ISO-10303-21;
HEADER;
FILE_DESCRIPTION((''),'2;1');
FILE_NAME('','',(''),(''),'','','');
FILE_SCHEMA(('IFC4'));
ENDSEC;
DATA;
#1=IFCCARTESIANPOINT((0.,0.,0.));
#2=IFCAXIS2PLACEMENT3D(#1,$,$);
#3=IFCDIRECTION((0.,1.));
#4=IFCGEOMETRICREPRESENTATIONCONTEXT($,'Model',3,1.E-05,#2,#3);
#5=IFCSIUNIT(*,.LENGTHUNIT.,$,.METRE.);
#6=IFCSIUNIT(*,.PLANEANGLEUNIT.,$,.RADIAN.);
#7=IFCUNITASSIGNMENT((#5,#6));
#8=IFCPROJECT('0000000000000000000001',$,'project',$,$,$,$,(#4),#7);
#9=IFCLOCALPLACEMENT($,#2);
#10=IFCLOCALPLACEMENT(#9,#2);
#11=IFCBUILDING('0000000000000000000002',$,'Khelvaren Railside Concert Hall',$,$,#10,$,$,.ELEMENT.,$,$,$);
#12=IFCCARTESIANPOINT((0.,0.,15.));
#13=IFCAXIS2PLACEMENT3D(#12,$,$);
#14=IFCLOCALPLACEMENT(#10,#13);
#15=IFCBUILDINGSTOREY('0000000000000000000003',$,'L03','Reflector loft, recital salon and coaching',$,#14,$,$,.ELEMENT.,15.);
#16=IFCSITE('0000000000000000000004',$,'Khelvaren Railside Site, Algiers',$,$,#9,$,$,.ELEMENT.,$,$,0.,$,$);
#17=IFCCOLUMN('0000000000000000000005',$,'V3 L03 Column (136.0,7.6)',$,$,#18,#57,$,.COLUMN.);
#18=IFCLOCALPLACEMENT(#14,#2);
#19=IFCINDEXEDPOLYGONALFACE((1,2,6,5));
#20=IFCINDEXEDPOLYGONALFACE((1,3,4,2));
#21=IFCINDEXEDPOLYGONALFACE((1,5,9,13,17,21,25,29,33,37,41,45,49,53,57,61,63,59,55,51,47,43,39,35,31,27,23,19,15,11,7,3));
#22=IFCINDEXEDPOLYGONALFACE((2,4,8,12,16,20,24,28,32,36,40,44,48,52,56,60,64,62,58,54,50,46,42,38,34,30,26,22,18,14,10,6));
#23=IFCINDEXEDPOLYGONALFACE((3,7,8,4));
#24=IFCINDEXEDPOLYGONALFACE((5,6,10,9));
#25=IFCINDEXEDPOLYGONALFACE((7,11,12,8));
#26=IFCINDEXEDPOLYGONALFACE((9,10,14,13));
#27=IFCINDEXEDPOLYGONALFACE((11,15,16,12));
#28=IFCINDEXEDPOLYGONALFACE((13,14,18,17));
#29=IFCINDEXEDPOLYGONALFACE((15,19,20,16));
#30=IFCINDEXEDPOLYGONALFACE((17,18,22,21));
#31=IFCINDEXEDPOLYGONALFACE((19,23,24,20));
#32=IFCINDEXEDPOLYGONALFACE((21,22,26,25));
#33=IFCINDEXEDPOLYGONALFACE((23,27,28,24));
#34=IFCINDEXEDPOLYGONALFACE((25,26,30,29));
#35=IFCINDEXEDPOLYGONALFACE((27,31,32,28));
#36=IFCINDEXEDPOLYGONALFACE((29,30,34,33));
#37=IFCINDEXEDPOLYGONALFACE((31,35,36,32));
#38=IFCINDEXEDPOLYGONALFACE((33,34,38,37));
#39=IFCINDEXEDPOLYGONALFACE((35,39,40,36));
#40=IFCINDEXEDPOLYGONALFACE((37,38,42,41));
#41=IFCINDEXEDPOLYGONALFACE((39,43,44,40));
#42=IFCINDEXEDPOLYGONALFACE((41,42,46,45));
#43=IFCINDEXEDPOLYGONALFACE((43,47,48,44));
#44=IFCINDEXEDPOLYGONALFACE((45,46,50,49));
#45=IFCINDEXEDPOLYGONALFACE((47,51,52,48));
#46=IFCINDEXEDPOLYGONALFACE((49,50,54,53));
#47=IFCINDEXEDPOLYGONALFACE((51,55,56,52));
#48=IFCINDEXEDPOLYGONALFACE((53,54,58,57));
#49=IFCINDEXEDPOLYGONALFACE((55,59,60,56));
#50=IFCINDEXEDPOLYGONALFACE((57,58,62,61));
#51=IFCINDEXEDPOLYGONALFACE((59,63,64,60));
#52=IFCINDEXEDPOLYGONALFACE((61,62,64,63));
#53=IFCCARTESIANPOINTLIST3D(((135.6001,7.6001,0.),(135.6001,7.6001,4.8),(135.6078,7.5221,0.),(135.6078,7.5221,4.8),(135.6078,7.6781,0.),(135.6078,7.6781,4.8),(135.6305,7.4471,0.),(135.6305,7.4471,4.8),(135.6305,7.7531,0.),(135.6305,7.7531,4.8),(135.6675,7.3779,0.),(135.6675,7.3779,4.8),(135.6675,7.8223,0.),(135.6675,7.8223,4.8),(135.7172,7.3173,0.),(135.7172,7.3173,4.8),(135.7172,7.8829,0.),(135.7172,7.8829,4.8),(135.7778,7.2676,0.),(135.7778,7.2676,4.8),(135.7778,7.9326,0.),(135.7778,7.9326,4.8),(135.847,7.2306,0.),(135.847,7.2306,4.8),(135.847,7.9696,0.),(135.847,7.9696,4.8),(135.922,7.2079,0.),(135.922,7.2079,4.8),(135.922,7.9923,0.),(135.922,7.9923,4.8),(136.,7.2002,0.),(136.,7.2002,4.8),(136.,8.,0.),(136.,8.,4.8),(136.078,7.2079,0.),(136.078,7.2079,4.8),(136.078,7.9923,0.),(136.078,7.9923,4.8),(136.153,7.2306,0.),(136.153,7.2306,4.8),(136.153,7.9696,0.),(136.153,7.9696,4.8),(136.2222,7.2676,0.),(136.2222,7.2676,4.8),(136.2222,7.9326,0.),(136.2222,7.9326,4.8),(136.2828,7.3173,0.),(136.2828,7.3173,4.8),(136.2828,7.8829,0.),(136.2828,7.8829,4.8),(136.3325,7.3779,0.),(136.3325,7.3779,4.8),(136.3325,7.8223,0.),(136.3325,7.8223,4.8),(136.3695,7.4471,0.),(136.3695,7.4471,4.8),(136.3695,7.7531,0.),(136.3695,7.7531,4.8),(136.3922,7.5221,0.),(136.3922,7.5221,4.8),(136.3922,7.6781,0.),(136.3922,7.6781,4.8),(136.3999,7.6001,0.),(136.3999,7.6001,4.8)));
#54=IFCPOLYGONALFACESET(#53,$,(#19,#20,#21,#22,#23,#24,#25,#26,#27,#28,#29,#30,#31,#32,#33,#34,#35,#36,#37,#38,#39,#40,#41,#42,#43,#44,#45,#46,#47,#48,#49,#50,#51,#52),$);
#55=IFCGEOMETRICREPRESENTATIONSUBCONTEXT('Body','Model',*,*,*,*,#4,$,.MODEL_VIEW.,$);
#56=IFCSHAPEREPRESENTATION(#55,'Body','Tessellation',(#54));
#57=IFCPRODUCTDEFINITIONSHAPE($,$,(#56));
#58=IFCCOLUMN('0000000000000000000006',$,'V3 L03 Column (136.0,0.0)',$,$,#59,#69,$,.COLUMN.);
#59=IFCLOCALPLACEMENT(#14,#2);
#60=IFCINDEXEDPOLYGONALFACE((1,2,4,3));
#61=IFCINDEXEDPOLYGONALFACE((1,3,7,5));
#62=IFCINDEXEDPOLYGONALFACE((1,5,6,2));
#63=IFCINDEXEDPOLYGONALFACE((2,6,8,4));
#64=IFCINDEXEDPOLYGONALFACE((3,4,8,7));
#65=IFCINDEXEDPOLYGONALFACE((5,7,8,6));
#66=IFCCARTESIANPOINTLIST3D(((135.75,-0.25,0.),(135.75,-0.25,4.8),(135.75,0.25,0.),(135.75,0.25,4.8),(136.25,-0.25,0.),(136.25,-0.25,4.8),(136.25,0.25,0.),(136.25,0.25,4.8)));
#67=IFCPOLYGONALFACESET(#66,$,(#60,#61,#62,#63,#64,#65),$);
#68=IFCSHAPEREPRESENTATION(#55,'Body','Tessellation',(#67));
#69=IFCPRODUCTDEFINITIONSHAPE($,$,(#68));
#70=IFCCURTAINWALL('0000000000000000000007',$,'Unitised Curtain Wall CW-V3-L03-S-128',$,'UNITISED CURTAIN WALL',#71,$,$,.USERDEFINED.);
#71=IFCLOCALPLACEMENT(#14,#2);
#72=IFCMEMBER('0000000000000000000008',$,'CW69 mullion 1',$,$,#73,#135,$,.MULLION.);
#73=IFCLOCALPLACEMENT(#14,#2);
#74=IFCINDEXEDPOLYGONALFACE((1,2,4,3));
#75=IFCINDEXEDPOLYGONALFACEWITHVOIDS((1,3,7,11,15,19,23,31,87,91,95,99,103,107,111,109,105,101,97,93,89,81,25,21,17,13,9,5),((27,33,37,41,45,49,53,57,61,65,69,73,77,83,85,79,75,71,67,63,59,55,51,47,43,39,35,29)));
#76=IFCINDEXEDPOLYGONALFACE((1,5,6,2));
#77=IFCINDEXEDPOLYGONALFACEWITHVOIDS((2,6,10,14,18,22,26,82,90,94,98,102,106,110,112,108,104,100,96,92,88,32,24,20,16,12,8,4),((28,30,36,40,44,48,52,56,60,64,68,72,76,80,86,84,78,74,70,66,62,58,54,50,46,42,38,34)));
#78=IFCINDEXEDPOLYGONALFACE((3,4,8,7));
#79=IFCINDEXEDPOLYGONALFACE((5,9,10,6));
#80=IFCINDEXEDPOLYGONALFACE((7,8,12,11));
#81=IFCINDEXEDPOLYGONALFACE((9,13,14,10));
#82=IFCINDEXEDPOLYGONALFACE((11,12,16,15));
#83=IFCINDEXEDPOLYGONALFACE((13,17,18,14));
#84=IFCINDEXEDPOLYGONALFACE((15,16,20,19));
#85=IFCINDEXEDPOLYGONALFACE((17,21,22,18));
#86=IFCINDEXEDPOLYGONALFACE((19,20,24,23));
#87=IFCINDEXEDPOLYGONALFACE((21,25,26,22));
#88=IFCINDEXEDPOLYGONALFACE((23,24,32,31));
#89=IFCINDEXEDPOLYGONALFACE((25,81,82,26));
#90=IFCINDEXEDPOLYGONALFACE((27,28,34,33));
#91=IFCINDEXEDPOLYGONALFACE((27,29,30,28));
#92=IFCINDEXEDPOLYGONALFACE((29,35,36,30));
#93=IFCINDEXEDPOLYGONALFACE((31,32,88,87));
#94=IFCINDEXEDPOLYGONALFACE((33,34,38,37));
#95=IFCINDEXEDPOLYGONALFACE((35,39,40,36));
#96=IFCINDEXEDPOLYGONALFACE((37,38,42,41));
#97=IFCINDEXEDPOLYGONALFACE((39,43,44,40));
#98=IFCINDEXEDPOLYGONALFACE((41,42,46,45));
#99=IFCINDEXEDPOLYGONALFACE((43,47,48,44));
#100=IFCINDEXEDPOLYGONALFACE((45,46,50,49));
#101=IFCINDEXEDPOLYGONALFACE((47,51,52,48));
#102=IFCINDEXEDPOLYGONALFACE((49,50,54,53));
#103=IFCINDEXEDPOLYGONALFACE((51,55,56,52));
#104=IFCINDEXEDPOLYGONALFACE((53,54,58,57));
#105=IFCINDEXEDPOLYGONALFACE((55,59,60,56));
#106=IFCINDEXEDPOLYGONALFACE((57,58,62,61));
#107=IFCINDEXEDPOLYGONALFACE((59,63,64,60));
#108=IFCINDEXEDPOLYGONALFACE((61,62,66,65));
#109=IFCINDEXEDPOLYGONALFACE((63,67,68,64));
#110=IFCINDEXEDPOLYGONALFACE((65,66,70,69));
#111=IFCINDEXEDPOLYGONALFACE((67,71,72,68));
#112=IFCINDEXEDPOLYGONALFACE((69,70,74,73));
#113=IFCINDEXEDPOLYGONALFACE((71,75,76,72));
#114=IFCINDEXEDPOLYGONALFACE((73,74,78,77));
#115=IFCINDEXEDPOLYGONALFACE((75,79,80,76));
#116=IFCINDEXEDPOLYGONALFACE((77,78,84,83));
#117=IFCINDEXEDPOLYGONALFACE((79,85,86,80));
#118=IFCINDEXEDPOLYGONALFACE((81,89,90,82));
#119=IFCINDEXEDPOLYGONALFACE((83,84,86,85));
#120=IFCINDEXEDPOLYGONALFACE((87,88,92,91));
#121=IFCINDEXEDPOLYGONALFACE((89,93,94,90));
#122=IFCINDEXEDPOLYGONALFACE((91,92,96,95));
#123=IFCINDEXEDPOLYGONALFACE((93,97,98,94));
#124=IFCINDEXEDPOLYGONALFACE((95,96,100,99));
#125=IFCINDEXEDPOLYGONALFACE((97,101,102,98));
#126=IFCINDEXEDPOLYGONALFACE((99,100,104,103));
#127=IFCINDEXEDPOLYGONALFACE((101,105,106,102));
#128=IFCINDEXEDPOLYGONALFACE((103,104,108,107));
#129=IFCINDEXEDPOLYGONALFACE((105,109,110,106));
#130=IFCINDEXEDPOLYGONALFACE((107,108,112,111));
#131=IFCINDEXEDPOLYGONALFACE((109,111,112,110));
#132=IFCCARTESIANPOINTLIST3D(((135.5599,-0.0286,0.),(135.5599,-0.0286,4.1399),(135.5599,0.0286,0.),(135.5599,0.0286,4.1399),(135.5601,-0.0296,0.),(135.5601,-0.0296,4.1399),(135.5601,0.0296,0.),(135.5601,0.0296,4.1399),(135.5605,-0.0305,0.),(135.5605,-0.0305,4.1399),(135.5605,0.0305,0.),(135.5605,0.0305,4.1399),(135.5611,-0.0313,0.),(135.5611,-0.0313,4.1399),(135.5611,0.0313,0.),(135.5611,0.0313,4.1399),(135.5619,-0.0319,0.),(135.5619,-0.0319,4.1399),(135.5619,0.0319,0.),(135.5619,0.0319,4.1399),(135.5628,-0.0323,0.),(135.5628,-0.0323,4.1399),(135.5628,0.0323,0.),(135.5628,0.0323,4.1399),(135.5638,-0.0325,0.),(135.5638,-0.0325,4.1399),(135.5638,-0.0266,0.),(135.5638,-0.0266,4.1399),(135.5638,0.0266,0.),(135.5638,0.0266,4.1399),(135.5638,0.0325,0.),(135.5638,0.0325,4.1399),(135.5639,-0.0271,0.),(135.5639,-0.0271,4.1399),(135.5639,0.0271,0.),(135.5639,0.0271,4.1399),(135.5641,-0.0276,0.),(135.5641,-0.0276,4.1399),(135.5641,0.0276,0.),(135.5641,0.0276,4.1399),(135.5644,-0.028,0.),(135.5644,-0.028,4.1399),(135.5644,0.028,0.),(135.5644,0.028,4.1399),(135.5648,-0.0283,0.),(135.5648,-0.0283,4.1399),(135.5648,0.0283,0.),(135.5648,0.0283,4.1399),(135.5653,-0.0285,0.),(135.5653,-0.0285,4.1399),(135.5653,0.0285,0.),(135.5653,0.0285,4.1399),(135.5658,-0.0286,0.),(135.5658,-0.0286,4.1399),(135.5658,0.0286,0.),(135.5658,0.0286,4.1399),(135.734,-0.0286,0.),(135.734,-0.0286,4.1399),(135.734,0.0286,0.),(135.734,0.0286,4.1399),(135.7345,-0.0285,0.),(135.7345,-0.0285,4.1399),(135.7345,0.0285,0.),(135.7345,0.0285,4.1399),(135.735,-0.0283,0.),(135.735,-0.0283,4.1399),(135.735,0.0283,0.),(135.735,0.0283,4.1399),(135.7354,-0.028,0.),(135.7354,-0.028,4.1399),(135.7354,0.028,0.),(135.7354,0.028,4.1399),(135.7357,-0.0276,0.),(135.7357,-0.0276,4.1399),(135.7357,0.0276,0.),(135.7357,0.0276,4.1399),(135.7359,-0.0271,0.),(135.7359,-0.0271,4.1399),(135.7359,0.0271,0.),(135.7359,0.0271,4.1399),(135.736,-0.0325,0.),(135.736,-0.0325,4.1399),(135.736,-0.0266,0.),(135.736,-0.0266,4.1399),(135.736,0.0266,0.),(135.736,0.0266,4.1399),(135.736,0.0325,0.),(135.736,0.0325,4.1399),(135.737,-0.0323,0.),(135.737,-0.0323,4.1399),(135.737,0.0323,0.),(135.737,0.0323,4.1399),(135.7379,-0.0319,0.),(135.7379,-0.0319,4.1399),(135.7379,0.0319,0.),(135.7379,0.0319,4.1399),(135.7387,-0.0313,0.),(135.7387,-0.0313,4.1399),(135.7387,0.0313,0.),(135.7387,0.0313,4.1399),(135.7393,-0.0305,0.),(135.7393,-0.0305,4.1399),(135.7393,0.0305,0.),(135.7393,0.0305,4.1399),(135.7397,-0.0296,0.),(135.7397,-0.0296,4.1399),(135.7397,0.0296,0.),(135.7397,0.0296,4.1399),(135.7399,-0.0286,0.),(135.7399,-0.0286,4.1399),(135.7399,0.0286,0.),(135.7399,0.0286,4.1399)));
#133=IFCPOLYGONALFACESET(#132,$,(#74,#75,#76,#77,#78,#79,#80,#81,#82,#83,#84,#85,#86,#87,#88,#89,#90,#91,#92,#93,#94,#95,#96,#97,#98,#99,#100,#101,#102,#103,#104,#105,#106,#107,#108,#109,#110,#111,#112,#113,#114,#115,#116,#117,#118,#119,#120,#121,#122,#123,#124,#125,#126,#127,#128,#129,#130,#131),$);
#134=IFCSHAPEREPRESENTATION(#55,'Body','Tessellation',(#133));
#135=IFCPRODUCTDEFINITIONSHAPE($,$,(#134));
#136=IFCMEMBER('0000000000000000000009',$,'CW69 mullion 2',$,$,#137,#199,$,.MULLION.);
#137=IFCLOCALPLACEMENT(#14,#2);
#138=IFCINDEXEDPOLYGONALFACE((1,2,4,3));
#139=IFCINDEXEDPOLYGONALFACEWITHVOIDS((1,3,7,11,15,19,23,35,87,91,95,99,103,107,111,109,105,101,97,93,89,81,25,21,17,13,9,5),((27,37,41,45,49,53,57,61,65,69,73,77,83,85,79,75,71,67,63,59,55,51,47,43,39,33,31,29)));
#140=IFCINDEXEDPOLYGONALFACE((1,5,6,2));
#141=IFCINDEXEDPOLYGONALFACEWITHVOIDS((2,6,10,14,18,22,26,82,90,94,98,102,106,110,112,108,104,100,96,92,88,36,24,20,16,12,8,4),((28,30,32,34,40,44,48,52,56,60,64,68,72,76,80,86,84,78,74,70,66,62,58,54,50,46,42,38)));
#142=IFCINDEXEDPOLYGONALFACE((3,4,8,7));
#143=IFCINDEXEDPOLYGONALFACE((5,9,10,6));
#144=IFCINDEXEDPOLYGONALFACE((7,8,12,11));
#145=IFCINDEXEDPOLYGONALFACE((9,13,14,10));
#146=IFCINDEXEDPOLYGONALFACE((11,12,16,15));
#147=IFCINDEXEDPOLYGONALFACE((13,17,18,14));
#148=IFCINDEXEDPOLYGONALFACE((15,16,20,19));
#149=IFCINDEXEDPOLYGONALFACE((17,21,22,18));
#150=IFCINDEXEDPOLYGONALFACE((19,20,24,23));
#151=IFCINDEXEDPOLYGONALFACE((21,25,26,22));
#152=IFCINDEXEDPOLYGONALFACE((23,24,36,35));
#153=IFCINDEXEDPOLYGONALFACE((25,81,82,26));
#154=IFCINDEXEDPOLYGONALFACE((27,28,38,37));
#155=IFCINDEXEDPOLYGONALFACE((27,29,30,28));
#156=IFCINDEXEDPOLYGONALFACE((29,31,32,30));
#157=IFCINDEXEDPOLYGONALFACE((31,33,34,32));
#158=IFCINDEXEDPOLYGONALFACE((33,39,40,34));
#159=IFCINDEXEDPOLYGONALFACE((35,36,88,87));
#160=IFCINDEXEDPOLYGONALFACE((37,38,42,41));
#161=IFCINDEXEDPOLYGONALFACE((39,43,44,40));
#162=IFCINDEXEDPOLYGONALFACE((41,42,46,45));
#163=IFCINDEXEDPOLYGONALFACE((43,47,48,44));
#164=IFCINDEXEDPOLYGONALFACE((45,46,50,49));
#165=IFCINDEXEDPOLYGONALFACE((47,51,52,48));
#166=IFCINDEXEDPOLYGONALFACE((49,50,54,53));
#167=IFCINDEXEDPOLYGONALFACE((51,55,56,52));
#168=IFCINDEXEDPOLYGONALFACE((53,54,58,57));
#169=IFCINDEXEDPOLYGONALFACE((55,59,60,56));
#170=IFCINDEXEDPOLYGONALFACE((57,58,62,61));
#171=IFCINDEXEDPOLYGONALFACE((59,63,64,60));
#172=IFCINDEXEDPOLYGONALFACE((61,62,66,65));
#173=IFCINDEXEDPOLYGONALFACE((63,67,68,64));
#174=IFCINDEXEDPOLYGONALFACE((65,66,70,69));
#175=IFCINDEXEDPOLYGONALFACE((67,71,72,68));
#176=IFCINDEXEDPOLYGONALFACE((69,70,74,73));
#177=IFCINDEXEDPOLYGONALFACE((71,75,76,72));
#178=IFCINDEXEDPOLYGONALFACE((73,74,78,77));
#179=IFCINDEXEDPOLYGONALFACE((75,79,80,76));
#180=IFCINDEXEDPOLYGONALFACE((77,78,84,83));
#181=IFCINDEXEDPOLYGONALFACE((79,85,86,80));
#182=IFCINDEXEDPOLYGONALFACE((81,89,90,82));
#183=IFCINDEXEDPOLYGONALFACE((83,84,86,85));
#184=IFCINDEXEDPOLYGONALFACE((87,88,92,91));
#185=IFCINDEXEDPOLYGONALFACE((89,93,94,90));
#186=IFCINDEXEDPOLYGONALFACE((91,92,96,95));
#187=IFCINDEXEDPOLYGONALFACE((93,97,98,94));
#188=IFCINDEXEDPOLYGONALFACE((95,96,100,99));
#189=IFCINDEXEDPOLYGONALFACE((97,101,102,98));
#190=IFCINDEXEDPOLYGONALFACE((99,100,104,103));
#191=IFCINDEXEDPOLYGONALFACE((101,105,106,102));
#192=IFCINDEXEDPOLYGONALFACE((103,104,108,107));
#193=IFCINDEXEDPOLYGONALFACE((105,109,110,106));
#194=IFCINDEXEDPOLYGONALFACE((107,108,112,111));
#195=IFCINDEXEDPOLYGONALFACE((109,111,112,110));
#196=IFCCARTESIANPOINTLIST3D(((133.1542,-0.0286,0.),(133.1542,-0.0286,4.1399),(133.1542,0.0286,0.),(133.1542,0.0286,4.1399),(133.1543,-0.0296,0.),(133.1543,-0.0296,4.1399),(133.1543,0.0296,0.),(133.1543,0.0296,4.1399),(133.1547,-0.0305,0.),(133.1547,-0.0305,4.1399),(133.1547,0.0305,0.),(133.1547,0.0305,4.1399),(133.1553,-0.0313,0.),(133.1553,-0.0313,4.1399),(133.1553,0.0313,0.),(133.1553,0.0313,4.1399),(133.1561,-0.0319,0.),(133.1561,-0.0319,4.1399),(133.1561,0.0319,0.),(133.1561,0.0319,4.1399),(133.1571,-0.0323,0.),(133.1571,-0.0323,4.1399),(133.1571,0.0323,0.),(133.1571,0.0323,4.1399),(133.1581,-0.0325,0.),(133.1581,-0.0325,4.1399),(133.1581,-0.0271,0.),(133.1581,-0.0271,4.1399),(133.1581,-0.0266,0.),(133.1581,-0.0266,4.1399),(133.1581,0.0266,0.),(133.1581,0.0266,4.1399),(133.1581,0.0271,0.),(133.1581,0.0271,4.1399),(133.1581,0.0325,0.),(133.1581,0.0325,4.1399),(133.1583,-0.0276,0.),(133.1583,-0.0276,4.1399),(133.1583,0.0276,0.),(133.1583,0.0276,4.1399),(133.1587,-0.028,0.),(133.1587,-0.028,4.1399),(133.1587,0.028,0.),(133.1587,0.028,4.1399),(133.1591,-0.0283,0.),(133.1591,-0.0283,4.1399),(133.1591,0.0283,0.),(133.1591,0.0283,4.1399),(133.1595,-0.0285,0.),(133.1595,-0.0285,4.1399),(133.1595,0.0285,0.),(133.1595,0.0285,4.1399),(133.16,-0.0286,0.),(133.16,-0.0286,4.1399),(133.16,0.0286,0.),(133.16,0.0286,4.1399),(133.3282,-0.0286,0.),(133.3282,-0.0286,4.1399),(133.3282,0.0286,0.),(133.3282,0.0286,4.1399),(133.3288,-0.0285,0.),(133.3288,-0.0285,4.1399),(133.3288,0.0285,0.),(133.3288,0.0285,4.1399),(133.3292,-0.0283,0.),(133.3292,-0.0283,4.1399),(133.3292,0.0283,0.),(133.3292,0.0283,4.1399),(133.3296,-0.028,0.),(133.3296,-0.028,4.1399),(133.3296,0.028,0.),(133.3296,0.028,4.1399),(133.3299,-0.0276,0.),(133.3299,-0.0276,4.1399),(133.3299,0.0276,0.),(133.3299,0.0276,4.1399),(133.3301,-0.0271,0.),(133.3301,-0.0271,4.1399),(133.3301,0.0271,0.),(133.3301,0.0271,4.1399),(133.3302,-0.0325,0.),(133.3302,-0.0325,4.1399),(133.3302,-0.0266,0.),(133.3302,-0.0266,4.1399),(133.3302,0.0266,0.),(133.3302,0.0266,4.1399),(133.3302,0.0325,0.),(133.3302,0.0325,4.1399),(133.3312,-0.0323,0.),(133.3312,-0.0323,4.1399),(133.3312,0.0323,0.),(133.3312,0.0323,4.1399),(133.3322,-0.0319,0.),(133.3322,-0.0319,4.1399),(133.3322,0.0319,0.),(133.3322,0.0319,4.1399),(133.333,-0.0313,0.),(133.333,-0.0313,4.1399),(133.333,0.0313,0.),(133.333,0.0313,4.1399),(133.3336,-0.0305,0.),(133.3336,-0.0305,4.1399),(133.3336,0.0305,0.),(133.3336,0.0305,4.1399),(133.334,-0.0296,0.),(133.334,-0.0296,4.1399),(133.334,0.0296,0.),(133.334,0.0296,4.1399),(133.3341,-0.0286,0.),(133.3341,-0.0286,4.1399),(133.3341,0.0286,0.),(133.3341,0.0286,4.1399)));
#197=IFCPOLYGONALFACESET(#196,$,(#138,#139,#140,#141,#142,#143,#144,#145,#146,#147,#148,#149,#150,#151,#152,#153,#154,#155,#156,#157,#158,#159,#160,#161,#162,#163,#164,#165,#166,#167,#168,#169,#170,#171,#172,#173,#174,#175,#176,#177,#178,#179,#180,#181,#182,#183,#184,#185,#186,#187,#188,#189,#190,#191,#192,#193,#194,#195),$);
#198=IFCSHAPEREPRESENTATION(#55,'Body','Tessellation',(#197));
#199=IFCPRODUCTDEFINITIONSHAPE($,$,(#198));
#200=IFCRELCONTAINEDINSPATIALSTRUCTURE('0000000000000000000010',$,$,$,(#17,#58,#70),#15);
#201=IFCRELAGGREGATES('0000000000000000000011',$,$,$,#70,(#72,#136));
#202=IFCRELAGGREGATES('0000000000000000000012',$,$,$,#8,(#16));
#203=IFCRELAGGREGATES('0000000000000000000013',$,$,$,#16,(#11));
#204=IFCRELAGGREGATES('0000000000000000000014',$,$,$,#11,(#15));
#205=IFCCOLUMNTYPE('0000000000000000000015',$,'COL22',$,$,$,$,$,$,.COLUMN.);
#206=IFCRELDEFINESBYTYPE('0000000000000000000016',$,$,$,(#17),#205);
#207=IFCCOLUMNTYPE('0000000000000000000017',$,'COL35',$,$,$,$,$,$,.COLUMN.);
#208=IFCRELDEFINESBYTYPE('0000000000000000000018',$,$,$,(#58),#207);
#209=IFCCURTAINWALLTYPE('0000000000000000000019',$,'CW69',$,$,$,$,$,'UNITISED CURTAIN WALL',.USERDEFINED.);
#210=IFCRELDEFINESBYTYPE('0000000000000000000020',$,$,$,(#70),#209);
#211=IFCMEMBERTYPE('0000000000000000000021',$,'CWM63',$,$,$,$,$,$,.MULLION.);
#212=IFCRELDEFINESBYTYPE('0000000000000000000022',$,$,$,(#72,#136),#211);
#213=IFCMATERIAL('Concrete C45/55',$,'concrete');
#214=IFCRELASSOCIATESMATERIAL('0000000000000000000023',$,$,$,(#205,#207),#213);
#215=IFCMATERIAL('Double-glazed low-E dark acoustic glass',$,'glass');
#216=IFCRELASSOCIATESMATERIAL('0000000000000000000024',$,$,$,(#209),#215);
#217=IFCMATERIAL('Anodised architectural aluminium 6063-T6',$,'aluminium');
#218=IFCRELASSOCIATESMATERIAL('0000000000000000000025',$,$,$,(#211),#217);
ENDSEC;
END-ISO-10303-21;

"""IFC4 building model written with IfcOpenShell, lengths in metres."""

from ifc_helpers import new_model, si_unit, direction, frame, origin, origin_2d, place, context, subcontext, project, spatial, rectangle, hollow_rectangle, circle, extrude, material, material_profile, profile_set, type_object, element, aggregate, save


model = new_model("IFC4")

# Units and contexts
model_context = context("Model", 3, precision=1e-05, world=origin(), true_north=direction((0.0, 1.0)))
body_context = subcontext(model_context, "Body", "Model", "MODEL_VIEW")
ifc_project = project(units=[si_unit("LENGTHUNIT", "METRE"), si_unit("PLANEANGLEUNIT", "RADIAN")], contexts=[model_context])

# Site, building, storey
site_placement = place(None, origin())
site = spatial("IfcSite", under=ifc_project, at=site_placement, Name="Khelvaren Railside Site, Algiers", CompositionType="ELEMENT", RefElevation=0.0)
building_placement = place(site_placement, origin())
building = spatial("IfcBuilding", under=site, at=building_placement, Name="Khelvaren Railside Concert Hall", CompositionType="ELEMENT")
storey_placement = place(building_placement, frame((0.0, 0.0, 15.0)))
storey = spatial("IfcBuildingStorey", under=building, at=storey_placement, Name="L03", Description="Reflector loft, recital salon and coaching", CompositionType="ELEMENT", Elevation=15.0)

# Columns
ifc_material_1 = material(Name="Concrete C45/55", Category="concrete")
ifc_material_profile_1 = material_profile(ifc_material_1, circle(Radius=0.3999, at=origin_2d()), Name="RC D800")
ifc_profile_set_1 = profile_set([ifc_material_profile_1], Name="Concrete C45/55")
column_type_1 = type_object("IfcColumnType", Name="COL22", PredefinedType="COLUMN", material=ifc_profile_set_1)
column_1_placement = place(storey_placement, frame((136.0, 7.6001, 0.0), z_axis=(0.0, 0.0, 1.0), x_axis=(1.0, 0.0, 0.0)))
element("IfcColumn", 1, at=column_1_placement, inside=storey, type_object=column_type_1, Name="V3 L03 Column (136.0,7.6)", PredefinedType="COLUMN", context=body_context, shape_type="SweptSolid", body=[
    extrude(circle(Radius=0.3999, at=origin_2d()), origin(), (0.0, 0.0, 1.0), 4.8),
])
ifc_material_profile_2 = material_profile(ifc_material_1, rectangle(XDim=0.5, YDim=0.5, at=origin_2d()), Name="RC 500x500")
ifc_profile_set_2 = profile_set([ifc_material_profile_2], Name="Concrete C45/55")
column_type_2 = type_object("IfcColumnType", Name="COL35", PredefinedType="COLUMN", material=ifc_profile_set_2)
column_2_placement = place(storey_placement, frame((136.0, 0.0, 0.0), z_axis=(0.0, 0.0, 1.0), x_axis=(1.0, 0.0, 0.0)))
element("IfcColumn", 2, at=column_2_placement, inside=storey, type_object=column_type_2, Name="V3 L03 Column (136.0,0.0)", PredefinedType="COLUMN", context=body_context, shape_type="SweptSolid", body=[
    extrude(rectangle(XDim=0.5, YDim=0.5, at=origin_2d()), origin(), (0.0, 0.0, 1.0), 4.8),
])

# Curtain wall, members
ifc_material_2 = material(Name="Double-glazed low-E dark acoustic glass", Category="glass")
curtain_wall_type = type_object("IfcCurtainWallType", Name="CW69", ElementType="UNITISED CURTAIN WALL", PredefinedType="USERDEFINED", material=ifc_material_2)
curtain_wall_placement = place(storey_placement, origin())
curtain_wall = element("IfcCurtainWall", 3, at=curtain_wall_placement, inside=storey, type_object=curtain_wall_type, Name="Unitised Curtain Wall CW-V3-L03-S-128", ObjectType="UNITISED CURTAIN WALL", PredefinedType="USERDEFINED")
ifc_material_3 = material(Name="Anodised architectural aluminium 6063-T6", Category="aluminium")
ifc_material_profile_3 = material_profile(ifc_material_3, hollow_rectangle(XDim=0.0649, YDim=0.1799, WallThickness=0.0039, InnerFilletRadius=0.002, OuterFilletRadius=0.0039, at=origin_2d()), Name="CWM 65x180x4")
ifc_profile_set_3 = profile_set([ifc_material_profile_3], Name="Anodised architectural aluminium 6063-T6")
member_type_1 = type_object("IfcMemberType", Name="CWM63", PredefinedType="MULLION", material=ifc_profile_set_3)
member_1_placement = place(storey_placement, frame((135.6499, 0.0, 0.0), z_axis=(0.0, 0.0, 1.0), x_axis=(0.0, -1.0, 0.0)))
member_1 = element("IfcMember", 4, at=member_1_placement, type_object=member_type_1, Name="CW69 mullion 1", PredefinedType="MULLION", context=body_context, shape_type="SweptSolid", body=[
    extrude(hollow_rectangle(XDim=0.0649, YDim=0.1799, WallThickness=0.0039, InnerFilletRadius=0.002, OuterFilletRadius=0.0039, at=origin_2d()), origin(), (0.0, 0.0, 1.0), 4.1399),
])
member_2_placement = place(storey_placement, frame((133.2441, 0.0, 0.0), z_axis=(0.0, 0.0, 1.0), x_axis=(0.0, -1.0, 0.0)))
member_2 = element("IfcMember", 5, at=member_2_placement, type_object=member_type_1, Name="CW69 mullion 2", PredefinedType="MULLION", context=body_context, shape_type="SweptSolid", body=[
    extrude(hollow_rectangle(XDim=0.0649, YDim=0.1799, WallThickness=0.0039, InnerFilletRadius=0.002, OuterFilletRadius=0.0039, at=origin_2d()), origin(), (0.0, 0.0, 1.0), 4.1399),
])

aggregate(curtain_wall, [member_1, member_2])

save(model, "model.ifc")
